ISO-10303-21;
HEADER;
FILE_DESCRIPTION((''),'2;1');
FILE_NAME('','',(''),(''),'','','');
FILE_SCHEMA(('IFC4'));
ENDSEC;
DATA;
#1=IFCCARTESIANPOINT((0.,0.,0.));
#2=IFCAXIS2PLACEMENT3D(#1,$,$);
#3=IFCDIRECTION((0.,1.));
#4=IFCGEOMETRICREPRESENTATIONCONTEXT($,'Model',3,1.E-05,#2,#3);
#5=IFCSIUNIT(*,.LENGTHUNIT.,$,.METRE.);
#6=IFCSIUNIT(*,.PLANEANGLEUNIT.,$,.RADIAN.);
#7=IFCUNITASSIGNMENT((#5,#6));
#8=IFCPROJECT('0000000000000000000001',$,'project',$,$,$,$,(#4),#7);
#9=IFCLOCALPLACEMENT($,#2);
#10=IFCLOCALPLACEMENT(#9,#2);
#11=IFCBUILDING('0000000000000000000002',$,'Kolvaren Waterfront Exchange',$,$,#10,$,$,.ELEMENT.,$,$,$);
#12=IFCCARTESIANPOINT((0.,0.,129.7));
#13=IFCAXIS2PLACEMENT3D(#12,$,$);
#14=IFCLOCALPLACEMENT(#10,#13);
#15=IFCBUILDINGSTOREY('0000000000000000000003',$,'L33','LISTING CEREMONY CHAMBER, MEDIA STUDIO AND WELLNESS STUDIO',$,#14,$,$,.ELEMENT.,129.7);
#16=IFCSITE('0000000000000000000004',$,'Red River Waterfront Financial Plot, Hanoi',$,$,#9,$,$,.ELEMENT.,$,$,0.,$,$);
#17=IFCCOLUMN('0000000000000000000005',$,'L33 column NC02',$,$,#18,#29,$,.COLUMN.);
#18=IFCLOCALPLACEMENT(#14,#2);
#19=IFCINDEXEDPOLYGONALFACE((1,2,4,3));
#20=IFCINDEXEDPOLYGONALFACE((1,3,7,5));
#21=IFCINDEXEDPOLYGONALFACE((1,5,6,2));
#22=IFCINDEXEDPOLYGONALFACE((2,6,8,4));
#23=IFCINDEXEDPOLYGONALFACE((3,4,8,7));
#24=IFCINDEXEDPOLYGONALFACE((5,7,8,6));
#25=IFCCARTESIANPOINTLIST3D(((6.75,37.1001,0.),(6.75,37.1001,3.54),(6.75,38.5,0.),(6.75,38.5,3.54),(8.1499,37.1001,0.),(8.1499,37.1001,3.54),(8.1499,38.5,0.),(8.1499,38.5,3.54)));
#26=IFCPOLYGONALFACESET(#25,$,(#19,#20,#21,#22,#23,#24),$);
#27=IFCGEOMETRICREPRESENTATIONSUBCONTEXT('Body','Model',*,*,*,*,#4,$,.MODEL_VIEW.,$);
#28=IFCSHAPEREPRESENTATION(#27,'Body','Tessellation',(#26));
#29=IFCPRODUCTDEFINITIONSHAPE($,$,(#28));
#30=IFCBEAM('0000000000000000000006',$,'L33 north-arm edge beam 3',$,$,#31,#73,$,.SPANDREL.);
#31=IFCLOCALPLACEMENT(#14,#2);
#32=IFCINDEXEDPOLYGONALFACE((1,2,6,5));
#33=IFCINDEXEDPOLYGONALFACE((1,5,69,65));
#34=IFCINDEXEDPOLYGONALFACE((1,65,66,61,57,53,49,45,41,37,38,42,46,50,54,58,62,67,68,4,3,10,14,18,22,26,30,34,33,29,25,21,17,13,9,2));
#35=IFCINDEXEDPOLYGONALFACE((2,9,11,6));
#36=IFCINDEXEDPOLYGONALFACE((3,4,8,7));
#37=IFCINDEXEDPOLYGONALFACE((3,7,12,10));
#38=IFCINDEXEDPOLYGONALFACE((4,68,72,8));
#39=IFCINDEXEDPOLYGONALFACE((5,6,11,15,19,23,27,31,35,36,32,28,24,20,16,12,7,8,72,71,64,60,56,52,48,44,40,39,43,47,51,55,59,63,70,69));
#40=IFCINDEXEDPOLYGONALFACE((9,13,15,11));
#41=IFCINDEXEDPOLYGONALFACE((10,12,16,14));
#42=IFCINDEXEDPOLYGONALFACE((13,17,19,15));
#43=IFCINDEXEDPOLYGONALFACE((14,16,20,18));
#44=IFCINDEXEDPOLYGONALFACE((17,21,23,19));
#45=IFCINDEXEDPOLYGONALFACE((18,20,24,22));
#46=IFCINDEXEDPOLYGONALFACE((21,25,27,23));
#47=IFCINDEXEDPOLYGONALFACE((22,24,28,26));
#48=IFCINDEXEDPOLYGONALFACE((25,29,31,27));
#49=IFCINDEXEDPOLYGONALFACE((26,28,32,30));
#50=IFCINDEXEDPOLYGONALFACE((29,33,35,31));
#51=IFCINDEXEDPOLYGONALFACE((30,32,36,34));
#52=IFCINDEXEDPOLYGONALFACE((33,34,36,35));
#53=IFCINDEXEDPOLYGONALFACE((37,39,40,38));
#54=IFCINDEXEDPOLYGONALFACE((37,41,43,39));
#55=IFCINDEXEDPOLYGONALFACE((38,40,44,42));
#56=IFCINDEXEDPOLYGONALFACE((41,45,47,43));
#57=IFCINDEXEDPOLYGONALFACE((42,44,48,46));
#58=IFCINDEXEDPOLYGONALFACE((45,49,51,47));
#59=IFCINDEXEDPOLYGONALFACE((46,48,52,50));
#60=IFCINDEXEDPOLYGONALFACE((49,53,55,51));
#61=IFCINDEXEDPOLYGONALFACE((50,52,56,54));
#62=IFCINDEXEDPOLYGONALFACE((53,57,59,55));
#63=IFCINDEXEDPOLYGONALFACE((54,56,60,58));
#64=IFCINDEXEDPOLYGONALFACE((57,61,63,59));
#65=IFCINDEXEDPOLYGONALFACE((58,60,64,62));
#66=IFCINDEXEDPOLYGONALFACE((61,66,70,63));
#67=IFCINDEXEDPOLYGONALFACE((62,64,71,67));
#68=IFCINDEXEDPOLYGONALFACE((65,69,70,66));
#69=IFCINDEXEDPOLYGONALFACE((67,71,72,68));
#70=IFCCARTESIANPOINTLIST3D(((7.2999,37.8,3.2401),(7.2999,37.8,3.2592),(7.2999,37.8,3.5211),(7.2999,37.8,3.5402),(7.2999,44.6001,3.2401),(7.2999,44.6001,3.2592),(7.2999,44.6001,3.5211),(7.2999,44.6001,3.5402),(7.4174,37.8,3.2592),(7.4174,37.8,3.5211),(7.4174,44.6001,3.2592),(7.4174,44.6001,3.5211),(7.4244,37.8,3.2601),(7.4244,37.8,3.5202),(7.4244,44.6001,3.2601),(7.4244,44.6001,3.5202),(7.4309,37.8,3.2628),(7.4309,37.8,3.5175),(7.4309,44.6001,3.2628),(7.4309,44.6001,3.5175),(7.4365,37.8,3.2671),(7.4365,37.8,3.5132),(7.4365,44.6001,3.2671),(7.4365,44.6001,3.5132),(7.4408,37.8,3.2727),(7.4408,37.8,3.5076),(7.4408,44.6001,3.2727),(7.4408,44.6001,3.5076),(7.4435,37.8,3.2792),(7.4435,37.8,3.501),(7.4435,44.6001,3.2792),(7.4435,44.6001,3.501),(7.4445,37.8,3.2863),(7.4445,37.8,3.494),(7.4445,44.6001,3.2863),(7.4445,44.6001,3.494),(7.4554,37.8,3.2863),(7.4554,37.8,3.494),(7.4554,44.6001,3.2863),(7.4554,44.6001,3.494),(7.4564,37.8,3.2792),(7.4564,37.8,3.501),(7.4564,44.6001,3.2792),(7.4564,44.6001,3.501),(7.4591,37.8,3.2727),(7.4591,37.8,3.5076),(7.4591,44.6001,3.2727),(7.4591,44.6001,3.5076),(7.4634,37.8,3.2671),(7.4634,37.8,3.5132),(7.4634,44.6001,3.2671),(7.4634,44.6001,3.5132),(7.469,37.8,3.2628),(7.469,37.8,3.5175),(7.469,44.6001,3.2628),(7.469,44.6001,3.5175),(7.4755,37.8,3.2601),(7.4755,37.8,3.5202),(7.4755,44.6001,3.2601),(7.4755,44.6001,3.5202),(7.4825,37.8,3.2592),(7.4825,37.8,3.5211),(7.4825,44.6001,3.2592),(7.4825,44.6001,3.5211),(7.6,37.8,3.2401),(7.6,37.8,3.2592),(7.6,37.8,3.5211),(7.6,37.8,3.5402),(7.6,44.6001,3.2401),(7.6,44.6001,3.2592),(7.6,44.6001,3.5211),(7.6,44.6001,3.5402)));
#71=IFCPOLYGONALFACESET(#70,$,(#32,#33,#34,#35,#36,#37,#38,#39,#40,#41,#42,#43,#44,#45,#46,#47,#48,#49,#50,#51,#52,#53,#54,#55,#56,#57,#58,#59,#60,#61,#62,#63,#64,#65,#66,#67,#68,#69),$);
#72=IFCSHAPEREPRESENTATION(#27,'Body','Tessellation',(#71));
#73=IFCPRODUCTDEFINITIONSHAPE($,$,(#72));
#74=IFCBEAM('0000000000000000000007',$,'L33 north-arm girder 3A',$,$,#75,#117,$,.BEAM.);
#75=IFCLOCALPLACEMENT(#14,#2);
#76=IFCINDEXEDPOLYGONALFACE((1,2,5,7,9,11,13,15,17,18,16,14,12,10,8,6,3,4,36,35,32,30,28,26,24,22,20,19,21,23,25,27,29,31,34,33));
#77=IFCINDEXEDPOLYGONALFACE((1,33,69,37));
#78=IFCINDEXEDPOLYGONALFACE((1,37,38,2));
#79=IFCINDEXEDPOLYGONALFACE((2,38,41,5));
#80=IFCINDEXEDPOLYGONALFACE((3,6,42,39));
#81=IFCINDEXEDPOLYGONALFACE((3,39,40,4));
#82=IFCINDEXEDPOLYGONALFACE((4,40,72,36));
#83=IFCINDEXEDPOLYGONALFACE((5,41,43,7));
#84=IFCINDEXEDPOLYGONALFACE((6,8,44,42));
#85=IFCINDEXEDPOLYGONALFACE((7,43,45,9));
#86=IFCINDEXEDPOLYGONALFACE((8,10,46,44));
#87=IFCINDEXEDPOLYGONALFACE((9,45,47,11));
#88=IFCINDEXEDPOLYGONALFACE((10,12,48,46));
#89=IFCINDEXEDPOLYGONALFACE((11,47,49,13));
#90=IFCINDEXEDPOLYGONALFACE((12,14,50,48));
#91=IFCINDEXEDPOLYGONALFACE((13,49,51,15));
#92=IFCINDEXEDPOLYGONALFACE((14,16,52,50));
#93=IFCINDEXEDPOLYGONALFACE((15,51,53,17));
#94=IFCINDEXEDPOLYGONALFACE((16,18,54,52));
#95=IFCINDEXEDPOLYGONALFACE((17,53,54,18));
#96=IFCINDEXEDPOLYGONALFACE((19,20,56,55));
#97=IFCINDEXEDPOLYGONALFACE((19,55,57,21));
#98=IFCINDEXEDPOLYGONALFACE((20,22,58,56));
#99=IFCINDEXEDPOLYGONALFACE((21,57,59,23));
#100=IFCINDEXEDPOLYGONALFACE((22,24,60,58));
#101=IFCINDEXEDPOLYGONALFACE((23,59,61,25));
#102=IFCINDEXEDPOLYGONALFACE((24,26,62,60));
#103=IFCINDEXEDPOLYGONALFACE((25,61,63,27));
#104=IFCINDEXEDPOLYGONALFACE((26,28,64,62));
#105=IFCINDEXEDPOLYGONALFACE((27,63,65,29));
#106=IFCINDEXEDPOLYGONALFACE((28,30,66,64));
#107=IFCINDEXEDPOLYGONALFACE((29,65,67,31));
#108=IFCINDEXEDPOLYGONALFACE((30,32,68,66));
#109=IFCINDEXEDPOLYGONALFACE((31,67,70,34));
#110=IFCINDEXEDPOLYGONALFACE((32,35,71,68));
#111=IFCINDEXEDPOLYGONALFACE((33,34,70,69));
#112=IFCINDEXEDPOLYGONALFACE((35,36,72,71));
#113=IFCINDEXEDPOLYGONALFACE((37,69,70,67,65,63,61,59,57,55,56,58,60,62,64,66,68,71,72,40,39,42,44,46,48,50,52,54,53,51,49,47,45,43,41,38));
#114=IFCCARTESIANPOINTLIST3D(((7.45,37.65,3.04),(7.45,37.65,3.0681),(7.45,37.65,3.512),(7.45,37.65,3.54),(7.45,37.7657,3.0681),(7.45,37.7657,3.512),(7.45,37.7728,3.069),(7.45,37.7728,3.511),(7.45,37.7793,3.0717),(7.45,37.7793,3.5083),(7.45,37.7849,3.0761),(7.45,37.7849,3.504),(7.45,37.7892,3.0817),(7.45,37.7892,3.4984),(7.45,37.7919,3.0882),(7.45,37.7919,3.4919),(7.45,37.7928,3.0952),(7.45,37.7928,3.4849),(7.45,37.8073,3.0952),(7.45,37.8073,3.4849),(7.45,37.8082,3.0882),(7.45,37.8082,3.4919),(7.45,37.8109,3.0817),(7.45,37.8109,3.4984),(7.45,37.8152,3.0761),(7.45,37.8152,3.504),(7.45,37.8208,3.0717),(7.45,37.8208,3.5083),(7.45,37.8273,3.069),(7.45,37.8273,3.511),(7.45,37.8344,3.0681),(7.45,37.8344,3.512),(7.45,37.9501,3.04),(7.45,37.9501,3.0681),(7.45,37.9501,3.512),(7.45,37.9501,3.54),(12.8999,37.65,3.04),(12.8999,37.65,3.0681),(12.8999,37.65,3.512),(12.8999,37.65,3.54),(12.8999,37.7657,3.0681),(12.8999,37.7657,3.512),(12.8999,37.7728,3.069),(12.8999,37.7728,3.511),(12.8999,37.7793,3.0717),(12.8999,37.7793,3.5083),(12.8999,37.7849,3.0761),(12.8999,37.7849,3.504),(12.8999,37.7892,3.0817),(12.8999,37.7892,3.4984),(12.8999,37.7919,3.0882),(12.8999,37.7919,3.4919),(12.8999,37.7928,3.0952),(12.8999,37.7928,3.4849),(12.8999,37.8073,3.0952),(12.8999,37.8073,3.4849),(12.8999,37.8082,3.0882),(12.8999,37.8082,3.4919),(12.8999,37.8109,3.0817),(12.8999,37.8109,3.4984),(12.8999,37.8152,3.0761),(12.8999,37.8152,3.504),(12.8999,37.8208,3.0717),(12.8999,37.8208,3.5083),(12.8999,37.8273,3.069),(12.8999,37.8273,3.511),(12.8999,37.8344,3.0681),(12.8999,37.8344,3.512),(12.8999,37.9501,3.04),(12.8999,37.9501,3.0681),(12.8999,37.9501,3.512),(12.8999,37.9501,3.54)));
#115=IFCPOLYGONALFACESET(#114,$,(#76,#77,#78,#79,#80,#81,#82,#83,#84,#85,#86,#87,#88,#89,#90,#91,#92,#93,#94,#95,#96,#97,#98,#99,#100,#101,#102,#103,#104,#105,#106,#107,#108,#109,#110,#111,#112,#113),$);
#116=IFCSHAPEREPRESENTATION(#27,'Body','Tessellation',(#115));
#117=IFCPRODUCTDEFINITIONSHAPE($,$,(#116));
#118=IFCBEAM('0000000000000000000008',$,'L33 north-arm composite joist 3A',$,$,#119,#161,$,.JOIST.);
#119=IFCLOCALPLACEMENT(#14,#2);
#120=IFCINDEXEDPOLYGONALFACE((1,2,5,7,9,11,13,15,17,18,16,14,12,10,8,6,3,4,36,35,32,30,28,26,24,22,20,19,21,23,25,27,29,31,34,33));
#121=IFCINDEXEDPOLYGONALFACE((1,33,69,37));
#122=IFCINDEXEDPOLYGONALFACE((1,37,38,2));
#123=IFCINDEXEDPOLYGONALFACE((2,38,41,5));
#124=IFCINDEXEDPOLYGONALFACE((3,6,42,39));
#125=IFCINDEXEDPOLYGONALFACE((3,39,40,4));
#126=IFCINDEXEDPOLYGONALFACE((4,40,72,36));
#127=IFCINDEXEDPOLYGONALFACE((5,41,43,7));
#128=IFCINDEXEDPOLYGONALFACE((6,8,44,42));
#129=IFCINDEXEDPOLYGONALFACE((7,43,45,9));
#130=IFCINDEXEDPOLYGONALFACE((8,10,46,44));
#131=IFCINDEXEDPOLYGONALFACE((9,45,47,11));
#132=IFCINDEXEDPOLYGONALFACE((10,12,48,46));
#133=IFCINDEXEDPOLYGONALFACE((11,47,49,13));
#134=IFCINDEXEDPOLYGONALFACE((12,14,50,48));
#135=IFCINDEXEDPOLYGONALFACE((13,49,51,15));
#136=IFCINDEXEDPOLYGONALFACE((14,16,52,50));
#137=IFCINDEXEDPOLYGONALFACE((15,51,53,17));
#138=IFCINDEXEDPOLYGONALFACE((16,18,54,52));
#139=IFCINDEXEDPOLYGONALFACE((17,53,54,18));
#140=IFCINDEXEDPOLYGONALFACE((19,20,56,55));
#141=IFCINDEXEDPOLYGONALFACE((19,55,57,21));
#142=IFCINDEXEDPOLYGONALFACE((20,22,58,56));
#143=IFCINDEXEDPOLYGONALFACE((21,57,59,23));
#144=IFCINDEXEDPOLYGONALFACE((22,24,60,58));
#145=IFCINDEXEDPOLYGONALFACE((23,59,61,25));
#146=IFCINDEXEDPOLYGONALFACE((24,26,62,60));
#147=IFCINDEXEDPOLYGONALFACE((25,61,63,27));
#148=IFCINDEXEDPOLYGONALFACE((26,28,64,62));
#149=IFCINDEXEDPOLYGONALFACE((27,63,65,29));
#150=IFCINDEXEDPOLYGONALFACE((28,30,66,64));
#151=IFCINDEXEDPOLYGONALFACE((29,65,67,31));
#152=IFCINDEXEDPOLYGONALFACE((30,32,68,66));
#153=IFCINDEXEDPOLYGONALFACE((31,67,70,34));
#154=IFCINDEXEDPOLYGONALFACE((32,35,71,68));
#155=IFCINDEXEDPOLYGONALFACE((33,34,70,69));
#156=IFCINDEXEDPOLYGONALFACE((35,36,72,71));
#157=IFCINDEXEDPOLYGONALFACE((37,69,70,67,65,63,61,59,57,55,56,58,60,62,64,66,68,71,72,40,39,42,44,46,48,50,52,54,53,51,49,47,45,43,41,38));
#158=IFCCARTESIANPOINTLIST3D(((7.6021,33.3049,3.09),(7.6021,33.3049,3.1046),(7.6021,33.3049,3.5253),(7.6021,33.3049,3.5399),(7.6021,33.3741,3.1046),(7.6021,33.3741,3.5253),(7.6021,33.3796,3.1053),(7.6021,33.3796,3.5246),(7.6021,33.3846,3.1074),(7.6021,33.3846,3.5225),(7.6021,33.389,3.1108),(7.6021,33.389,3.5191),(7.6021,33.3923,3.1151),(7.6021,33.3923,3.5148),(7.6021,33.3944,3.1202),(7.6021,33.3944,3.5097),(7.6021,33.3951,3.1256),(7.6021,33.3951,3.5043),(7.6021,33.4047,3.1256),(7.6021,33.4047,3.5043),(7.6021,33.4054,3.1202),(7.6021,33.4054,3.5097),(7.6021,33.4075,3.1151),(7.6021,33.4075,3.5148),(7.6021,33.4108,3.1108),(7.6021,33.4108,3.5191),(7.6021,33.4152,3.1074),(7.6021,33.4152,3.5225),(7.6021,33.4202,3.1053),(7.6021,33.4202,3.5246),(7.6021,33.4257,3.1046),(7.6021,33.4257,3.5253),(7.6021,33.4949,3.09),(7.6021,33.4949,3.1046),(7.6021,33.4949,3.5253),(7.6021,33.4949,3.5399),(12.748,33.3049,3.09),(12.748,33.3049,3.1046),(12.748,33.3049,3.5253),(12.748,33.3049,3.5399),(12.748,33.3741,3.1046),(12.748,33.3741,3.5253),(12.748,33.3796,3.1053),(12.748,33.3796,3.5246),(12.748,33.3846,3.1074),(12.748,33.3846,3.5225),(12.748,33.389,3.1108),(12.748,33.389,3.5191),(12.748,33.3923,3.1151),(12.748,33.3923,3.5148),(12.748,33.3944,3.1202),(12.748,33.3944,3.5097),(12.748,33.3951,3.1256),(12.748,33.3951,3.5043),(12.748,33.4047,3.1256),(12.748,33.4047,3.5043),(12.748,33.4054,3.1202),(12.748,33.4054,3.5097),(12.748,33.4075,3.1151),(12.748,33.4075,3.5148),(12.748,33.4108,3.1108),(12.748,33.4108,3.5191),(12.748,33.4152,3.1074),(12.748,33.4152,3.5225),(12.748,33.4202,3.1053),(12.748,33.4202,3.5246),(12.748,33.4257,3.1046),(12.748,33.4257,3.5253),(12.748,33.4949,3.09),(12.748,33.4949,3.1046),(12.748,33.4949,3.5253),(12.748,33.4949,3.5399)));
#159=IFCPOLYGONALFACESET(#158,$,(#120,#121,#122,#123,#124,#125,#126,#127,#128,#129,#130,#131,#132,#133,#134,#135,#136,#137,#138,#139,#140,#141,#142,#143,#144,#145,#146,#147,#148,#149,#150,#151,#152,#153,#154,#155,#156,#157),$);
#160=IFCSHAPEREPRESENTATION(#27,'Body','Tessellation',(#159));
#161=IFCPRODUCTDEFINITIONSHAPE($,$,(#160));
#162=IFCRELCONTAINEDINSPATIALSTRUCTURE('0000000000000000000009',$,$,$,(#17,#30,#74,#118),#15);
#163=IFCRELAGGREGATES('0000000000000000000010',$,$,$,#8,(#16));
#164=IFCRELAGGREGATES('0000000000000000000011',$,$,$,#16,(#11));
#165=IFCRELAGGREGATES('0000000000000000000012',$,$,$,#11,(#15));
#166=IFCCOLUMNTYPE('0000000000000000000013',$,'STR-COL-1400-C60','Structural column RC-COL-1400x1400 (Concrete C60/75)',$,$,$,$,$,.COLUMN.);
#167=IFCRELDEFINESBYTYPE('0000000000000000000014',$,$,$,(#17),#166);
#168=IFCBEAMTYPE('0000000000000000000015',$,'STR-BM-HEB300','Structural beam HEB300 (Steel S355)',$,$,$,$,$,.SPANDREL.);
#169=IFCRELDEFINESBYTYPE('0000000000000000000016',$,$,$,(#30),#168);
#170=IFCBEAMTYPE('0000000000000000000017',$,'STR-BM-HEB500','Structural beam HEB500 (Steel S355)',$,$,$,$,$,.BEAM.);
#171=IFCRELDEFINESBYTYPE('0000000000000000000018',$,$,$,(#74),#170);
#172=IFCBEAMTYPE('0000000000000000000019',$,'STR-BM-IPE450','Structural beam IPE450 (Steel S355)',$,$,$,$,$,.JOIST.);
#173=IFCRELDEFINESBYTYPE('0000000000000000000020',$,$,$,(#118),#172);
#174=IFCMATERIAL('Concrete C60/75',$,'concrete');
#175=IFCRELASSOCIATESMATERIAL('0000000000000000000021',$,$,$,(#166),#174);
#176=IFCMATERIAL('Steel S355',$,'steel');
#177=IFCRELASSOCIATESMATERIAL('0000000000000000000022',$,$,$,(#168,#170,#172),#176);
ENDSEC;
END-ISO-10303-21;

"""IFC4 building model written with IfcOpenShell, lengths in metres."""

from ifc_helpers import new_model, si_unit, direction, frame, origin, origin_2d, place, context, subcontext, project, spatial, rectangle, i_section, extrude, material, material_profile, profile_set, type_object, element, save


model = new_model("IFC4")

# Units and contexts
model_context = context("Model", 3, precision=1e-05, world=origin(), true_north=direction((0.0, 1.0)))
body_context = subcontext(model_context, "Body", "Model", "MODEL_VIEW")
ifc_project = project(units=[si_unit("LENGTHUNIT", "METRE"), si_unit("PLANEANGLEUNIT", "RADIAN")], contexts=[model_context])

# Site, building, storey
site_placement = place(None, origin())
site = spatial("IfcSite", under=ifc_project, at=site_placement, Name="Red River Waterfront Financial Plot, Hanoi", CompositionType="ELEMENT", RefElevation=0.0)
building_placement = place(site_placement, origin())
building = spatial("IfcBuilding", under=site, at=building_placement, Name="Kolvaren Waterfront Exchange", CompositionType="ELEMENT")
storey_placement = place(building_placement, frame((0.0, 0.0, 129.7)))
storey = spatial("IfcBuildingStorey", under=building, at=storey_placement, Name="L33", Description="LISTING CEREMONY CHAMBER, MEDIA STUDIO AND WELLNESS STUDIO", CompositionType="ELEMENT", Elevation=129.7)

# Column
ifc_material_1 = material(Name="Concrete C60/75", Category="concrete")
ifc_material_profile_1 = material_profile(ifc_material_1, rectangle(XDim=1.3999, YDim=1.3999, at=origin_2d()), Name="RC-COL-1400x1400")
ifc_profile_set_1 = profile_set([ifc_material_profile_1], Name="Concrete C60/75")
column_type = type_object("IfcColumnType", Name="STR-COL-1400-C60", Description="Structural column RC-COL-1400x1400 (Concrete C60/75)", PredefinedType="COLUMN", material=ifc_profile_set_1)
column_placement = place(storey_placement, frame((7.45, 37.8, 0.0), z_axis=(0.0, 0.0, 1.0), x_axis=(1.0, 0.0, 0.0)))
element("IfcColumn", 1, at=column_placement, inside=storey, type_object=column_type, Name="L33 column NC02", PredefinedType="COLUMN", context=body_context, shape_type="SweptSolid", body=[
    extrude(rectangle(XDim=1.3999, YDim=1.3999, at=origin_2d()), origin(), (0.0, 0.0, 1.0), 3.54),
])

# Beams
ifc_material_2 = material(Name="Steel S355", Category="steel")
ifc_material_profile_2 = material_profile(ifc_material_2, i_section(OverallWidth=0.3, OverallDepth=0.3, WebThickness=0.011, FlangeThickness=0.019, FilletRadius=0.0271, at=origin_2d()), Name="HEB300")
ifc_profile_set_2 = profile_set([ifc_material_profile_2], Name="Steel S355")
beam_type_1 = type_object("IfcBeamType", Name="STR-BM-HEB300", Description="Structural beam HEB300 (Steel S355)", PredefinedType="SPANDREL", material=ifc_profile_set_2)
beam_1_placement = place(storey_placement, frame((7.45, 37.8, 3.3901), z_axis=(0.0, 1.0, 0.0), x_axis=(-1.0, 0.0, 0.0)))
element("IfcBeam", 2, at=beam_1_placement, inside=storey, type_object=beam_type_1, Name="L33 north-arm edge beam 3", PredefinedType="SPANDREL", context=body_context, shape_type="SweptSolid", body=[
    extrude(i_section(OverallWidth=0.3, OverallDepth=0.3, WebThickness=0.011, FlangeThickness=0.019, FilletRadius=0.0271, at=origin_2d()), origin(), (0.0, 0.0, 1.0), 6.8),
])
ifc_material_profile_3 = material_profile(ifc_material_2, i_section(OverallWidth=0.3, OverallDepth=0.5, WebThickness=0.0144, FlangeThickness=0.0281, FilletRadius=0.0271, at=origin_2d()), Name="HEB500")
ifc_profile_set_3 = profile_set([ifc_material_profile_3], Name="Steel S355")
beam_type_2 = type_object("IfcBeamType", Name="STR-BM-HEB500", Description="Structural beam HEB500 (Steel S355)", PredefinedType="BEAM", material=ifc_profile_set_3)
beam_2_placement = place(storey_placement, frame((7.45, 37.8, 3.29), z_axis=(1.0, 0.0, 0.0), x_axis=(0.0, 1.0, 0.0)))
element("IfcBeam", 3, at=beam_2_placement, inside=storey, type_object=beam_type_2, Name="L33 north-arm girder 3A", PredefinedType="BEAM", context=body_context, shape_type="SweptSolid", body=[
    extrude(i_section(OverallWidth=0.3, OverallDepth=0.5, WebThickness=0.0144, FlangeThickness=0.0281, FilletRadius=0.0271, at=origin_2d()), origin(), (0.0, 0.0, 1.0), 5.45),
])
ifc_material_profile_4 = material_profile(ifc_material_2, i_section(OverallWidth=0.1899, OverallDepth=0.45, WebThickness=0.0095, FlangeThickness=0.0146, FilletRadius=0.021, at=origin_2d()), Name="IPE450")
ifc_profile_set_4 = profile_set([ifc_material_profile_4], Name="Steel S355")
beam_type_3 = type_object("IfcBeamType", Name="STR-BM-IPE450", Description="Structural beam IPE450 (Steel S355)", PredefinedType="JOIST", material=ifc_profile_set_4)
beam_3_placement = place(storey_placement, frame((7.6021, 33.3999, 3.3149), z_axis=(1.0, 0.0, 0.0), x_axis=(0.0, 1.0, 0.0)))
element("IfcBeam", 4, at=beam_3_placement, inside=storey, type_object=beam_type_3, Name="L33 north-arm composite joist 3A", PredefinedType="JOIST", context=body_context, shape_type="SweptSolid", body=[
    extrude(i_section(OverallWidth=0.1899, OverallDepth=0.45, WebThickness=0.0095, FlangeThickness=0.0146, FilletRadius=0.021, at=origin_2d()), origin(), (0.0, 0.0, 1.0), 5.146),
])

save(model, "model.ifc")
